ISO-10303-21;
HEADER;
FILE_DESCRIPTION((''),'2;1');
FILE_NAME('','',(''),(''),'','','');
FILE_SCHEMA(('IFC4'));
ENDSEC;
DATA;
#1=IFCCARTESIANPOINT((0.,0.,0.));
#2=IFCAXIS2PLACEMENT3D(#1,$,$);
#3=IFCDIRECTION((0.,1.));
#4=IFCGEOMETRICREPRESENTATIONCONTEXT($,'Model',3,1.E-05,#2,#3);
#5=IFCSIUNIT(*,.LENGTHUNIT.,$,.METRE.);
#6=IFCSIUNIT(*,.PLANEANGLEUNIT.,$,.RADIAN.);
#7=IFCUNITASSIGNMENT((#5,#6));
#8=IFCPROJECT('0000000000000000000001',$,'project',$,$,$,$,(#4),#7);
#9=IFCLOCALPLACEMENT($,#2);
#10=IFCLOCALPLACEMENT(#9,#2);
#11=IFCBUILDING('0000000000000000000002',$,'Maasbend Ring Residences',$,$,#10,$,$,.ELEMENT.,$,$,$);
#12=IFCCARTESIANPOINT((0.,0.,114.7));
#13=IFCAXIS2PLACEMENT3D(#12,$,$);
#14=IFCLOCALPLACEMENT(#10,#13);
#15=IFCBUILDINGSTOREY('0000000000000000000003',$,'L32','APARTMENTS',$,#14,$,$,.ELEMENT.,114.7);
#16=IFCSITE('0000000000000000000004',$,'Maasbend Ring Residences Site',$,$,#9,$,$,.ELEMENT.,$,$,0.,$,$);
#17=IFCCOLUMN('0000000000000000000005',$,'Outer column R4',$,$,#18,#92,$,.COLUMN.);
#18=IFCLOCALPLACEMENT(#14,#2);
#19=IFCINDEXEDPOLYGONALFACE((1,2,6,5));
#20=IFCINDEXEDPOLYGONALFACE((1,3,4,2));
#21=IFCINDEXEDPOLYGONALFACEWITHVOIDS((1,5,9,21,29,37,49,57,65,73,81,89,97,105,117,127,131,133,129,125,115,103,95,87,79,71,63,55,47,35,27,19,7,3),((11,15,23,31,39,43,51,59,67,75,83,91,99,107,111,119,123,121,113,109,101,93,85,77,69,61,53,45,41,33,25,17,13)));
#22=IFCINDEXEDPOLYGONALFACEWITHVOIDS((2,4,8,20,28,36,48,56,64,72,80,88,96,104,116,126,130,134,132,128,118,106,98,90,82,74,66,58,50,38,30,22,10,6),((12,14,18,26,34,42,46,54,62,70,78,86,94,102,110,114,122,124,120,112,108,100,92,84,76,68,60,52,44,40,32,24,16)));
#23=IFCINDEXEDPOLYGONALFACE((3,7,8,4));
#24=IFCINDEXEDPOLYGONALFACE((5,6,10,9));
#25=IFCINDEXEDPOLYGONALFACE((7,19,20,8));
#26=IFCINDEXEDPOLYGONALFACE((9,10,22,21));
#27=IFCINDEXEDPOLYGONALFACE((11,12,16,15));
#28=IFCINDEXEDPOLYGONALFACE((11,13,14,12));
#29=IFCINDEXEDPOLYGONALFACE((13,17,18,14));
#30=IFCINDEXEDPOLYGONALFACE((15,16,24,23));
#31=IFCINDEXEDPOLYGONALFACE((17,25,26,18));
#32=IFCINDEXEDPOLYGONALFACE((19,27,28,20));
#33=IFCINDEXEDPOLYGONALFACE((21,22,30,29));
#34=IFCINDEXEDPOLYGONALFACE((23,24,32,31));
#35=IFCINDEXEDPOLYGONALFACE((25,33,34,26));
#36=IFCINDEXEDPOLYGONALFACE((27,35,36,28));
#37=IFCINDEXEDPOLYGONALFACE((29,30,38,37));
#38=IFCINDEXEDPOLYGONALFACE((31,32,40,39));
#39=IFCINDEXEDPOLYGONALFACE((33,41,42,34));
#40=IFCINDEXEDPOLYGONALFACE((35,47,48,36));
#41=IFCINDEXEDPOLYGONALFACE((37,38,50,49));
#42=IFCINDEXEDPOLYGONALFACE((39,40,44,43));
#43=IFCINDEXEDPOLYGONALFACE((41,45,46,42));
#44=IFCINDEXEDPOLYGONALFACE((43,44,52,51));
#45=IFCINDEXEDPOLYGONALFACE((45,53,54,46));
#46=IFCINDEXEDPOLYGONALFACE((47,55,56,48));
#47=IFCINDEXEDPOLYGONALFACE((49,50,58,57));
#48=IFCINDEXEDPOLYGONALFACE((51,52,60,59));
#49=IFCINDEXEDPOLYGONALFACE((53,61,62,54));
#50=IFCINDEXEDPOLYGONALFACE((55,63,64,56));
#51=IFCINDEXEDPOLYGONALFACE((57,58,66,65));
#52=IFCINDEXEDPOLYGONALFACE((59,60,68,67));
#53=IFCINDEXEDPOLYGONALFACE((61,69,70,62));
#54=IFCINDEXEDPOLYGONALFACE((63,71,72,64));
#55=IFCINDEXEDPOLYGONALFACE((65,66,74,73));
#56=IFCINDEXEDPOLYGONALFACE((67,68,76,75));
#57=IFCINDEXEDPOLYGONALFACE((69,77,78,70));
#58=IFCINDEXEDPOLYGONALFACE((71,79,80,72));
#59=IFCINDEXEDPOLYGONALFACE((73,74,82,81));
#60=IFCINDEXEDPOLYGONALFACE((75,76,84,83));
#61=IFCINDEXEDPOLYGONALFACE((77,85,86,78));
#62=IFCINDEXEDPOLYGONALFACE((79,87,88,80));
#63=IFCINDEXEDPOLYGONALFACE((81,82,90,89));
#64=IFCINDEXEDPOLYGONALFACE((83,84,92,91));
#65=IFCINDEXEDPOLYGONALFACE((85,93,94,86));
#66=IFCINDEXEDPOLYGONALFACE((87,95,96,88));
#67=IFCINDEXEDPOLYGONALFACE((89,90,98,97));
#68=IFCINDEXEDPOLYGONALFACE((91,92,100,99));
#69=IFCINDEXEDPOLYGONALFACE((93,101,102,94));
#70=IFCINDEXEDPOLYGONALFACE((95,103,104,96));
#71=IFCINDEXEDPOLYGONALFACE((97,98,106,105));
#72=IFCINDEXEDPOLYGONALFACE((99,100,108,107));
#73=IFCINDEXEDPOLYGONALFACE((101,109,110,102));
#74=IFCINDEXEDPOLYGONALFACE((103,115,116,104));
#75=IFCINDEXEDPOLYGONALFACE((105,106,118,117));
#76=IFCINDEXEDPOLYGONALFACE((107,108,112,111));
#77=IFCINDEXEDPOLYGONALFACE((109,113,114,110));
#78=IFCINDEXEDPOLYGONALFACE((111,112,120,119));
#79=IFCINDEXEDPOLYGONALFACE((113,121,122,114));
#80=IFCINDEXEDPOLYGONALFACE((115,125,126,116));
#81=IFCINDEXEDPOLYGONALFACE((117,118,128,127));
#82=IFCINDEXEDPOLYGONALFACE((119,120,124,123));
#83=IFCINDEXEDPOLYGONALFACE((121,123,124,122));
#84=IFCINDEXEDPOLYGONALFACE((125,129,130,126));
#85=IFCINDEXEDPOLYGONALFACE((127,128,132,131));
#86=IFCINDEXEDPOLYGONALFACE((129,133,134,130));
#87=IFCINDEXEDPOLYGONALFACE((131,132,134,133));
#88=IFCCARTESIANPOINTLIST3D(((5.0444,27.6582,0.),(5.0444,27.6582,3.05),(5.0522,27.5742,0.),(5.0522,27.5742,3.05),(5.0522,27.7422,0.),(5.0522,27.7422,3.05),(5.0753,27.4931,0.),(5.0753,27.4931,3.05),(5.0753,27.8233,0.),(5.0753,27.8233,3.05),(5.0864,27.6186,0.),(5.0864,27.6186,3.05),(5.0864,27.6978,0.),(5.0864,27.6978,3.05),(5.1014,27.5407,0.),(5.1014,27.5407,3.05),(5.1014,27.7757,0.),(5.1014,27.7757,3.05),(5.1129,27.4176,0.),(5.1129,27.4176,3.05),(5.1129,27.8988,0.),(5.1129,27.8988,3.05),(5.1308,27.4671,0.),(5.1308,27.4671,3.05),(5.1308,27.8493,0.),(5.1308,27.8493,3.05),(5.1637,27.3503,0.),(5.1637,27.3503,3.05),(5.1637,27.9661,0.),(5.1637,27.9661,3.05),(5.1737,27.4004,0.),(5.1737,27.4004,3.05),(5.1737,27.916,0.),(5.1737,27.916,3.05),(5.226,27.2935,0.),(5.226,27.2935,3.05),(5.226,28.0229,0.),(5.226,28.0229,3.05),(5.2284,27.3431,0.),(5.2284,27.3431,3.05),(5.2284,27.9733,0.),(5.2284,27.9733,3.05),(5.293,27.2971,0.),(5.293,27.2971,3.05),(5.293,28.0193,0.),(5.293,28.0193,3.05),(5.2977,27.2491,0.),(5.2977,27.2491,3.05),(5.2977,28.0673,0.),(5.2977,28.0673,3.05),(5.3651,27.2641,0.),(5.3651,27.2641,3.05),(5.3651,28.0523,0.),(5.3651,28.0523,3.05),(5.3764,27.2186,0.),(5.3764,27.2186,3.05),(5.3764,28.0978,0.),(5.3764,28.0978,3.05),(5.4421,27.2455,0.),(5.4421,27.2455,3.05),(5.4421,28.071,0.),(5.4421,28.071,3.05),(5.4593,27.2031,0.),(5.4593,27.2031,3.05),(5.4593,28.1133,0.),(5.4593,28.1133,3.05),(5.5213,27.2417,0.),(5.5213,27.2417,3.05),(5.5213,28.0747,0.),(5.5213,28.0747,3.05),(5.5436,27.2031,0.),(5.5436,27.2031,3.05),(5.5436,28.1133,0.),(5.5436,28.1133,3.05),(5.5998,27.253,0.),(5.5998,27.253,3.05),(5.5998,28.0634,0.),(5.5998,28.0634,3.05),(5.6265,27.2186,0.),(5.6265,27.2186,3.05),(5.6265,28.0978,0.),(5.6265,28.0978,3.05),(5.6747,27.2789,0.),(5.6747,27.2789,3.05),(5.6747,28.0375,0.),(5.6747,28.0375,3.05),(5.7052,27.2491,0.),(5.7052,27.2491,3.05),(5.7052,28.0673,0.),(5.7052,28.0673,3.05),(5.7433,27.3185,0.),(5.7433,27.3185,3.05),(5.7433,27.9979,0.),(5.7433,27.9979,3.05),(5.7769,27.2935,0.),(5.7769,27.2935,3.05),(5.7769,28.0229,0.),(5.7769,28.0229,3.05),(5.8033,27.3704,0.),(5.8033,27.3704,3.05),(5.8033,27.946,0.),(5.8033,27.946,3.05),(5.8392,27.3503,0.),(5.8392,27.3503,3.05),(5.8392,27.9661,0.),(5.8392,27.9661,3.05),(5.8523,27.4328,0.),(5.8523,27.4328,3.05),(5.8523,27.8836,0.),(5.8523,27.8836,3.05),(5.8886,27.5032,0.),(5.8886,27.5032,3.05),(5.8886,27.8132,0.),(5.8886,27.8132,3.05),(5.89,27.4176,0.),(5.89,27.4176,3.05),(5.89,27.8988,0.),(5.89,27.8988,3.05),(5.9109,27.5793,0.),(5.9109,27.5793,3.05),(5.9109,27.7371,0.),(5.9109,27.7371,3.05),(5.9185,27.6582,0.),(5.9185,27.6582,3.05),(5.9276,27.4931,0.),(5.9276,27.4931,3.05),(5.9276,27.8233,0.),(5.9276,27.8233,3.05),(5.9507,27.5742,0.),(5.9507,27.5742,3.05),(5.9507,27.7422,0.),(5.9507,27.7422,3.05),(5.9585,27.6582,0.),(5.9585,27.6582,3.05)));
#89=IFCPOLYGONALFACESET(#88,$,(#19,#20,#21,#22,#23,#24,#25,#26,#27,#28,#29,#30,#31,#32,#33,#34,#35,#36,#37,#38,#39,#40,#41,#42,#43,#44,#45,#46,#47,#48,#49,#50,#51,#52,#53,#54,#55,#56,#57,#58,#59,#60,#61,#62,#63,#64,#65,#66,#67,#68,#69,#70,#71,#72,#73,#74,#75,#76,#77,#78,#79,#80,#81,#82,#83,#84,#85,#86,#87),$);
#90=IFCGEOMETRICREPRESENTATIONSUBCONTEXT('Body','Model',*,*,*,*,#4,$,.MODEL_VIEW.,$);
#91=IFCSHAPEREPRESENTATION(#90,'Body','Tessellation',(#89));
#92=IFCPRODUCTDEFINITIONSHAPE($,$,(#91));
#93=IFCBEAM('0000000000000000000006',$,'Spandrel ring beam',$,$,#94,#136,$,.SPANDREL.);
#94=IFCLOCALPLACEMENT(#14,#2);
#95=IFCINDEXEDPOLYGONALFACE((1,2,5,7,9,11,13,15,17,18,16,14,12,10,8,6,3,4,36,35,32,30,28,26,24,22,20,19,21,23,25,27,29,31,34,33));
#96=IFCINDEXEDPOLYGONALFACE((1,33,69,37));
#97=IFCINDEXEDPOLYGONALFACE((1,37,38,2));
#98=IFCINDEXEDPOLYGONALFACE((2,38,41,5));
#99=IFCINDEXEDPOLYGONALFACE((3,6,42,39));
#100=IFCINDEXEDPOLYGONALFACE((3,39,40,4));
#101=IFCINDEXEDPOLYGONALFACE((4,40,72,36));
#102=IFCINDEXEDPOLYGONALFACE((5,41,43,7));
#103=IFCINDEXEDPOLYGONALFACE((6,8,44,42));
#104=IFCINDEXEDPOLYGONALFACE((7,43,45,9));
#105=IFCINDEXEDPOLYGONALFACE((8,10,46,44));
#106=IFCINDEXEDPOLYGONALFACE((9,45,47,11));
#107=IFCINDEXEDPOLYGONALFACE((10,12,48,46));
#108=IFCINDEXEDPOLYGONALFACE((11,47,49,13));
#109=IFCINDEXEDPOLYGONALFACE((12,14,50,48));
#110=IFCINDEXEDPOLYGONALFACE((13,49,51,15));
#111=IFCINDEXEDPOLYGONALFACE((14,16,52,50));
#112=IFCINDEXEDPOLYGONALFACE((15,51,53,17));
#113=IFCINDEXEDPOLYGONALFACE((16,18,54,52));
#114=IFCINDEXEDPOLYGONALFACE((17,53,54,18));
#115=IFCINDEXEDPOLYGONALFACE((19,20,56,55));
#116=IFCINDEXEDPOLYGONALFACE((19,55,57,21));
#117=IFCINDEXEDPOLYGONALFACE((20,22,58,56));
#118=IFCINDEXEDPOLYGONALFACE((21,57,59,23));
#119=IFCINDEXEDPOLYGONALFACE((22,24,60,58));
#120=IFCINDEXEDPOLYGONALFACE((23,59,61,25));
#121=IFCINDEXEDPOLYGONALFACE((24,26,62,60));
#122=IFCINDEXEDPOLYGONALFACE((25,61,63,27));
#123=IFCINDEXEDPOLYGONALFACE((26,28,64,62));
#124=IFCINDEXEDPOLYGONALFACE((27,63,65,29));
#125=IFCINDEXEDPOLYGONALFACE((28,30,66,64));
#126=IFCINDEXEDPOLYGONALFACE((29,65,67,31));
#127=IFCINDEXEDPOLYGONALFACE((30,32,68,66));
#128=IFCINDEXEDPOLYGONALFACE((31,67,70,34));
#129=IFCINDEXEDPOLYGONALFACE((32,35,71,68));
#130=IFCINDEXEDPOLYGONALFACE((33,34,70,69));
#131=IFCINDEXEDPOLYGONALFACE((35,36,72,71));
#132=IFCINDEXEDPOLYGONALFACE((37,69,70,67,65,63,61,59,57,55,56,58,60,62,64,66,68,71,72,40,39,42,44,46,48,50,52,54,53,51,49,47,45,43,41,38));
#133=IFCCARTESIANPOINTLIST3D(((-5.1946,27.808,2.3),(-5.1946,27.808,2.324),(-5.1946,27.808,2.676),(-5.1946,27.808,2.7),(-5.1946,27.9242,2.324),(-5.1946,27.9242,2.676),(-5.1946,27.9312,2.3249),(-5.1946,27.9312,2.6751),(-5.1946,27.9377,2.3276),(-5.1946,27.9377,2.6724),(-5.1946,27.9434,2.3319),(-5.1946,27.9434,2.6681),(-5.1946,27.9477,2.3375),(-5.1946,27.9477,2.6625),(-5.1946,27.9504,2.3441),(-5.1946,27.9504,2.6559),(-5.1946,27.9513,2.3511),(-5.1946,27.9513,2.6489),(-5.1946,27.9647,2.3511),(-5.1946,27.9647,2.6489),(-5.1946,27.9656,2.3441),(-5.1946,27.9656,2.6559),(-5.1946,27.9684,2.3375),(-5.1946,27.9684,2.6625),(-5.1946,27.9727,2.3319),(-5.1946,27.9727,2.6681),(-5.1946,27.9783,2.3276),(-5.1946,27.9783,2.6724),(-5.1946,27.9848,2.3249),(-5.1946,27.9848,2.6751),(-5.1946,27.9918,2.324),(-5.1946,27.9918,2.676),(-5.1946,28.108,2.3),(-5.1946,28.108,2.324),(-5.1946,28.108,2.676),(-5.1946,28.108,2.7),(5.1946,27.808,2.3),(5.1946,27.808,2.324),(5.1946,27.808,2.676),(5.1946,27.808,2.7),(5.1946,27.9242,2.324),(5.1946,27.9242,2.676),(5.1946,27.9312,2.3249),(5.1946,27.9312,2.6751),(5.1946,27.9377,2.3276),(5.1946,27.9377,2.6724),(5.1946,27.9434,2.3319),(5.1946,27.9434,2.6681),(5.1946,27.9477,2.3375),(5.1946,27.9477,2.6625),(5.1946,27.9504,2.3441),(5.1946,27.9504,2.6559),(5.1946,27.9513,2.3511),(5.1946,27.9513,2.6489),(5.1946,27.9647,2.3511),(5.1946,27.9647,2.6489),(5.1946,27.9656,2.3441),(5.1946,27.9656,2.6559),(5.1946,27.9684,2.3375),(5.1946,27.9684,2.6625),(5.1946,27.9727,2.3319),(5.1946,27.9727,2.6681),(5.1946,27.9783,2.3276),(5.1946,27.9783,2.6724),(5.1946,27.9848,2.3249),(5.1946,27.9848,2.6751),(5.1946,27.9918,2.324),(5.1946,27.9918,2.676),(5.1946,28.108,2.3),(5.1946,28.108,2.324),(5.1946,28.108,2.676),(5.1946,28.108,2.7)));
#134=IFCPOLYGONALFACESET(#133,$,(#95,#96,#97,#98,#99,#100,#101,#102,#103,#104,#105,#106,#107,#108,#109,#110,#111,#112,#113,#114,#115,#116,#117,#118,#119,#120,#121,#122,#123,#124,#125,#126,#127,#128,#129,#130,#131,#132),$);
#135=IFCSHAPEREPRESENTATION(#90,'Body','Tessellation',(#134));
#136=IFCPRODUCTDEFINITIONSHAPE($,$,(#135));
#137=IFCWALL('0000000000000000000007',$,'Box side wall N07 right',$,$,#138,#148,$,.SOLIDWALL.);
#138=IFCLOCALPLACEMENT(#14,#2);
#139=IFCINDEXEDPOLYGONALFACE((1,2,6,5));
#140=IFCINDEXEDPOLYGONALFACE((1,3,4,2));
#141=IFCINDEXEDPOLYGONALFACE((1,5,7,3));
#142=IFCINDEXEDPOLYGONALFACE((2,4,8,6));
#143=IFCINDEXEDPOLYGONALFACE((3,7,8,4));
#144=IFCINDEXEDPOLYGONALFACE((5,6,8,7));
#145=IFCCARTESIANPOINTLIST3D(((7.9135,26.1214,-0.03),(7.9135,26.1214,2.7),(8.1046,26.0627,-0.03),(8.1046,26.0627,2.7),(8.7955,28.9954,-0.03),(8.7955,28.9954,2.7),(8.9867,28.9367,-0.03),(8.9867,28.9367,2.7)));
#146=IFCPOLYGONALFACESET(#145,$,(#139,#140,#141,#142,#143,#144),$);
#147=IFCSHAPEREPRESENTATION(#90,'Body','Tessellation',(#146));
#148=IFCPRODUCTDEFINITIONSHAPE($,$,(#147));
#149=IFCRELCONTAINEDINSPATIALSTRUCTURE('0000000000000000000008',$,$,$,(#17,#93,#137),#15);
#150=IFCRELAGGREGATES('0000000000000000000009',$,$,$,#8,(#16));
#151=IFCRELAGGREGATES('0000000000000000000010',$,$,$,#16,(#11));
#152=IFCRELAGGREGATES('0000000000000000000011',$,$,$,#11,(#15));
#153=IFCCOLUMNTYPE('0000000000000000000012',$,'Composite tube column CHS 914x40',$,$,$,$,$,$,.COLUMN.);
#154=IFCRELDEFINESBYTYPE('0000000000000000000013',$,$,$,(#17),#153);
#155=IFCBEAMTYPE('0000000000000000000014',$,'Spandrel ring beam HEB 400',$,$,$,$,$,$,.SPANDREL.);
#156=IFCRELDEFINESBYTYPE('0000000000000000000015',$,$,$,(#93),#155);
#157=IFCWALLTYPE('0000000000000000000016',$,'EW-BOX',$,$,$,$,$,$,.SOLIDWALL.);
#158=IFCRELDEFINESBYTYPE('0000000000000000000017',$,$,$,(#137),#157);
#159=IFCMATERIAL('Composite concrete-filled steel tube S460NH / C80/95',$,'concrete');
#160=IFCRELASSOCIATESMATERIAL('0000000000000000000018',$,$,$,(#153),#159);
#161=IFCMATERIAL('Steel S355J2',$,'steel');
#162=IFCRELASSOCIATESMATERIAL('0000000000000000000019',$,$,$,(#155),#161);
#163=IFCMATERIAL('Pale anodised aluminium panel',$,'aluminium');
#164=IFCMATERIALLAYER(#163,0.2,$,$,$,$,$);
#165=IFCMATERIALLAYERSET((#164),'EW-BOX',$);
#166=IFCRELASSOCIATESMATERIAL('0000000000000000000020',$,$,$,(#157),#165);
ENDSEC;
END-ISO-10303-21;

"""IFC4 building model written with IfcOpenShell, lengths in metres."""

from ifc_helpers import new_model, si_unit, direction, frame, frame_2d, origin, origin_2d, place, context, subcontext, project, spatial, rectangle, hollow_circle, i_section, extrude, material, layer, layer_set, material_profile, profile_set, type_object, element, save


model = new_model("IFC4")

# Units and contexts
model_context = context("Model", 3, precision=1e-05, world=origin(), true_north=direction((0.0, 1.0)))
body_context = subcontext(model_context, "Body", "Model", "MODEL_VIEW")
ifc_project = project(units=[si_unit("LENGTHUNIT", "METRE"), si_unit("PLANEANGLEUNIT", "RADIAN")], contexts=[model_context])

# Site, building, storey
site_placement = place(None, origin())
site = spatial("IfcSite", under=ifc_project, at=site_placement, Name="Maasbend Ring Residences Site", CompositionType="ELEMENT", RefElevation=0.0)
building_placement = place(site_placement, origin())
building = spatial("IfcBuilding", under=site, at=building_placement, Name="Maasbend Ring Residences", CompositionType="ELEMENT")
storey_placement = place(building_placement, frame((0.0, 0.0, 114.7)))
storey = spatial("IfcBuildingStorey", under=building, at=storey_placement, Name="L32", Description="APARTMENTS", CompositionType="ELEMENT", Elevation=114.7)

# Column
ifc_material_1 = material(Name="Composite concrete-filled steel tube S460NH / C80/95", Category="concrete")
ifc_material_profile_1 = material_profile(ifc_material_1, hollow_circle(Radius=0.457, WallThickness=0.04, at=origin_2d()), Name="Composite tube column CHS 914x40")
ifc_profile_set_1 = profile_set([ifc_material_profile_1], Name="Composite concrete-filled steel tube S460NH / C80/95")
column_type = type_object("IfcColumnType", Name="Composite tube column CHS 914x40", PredefinedType="COLUMN", material=ifc_profile_set_1)
column_placement = place(storey_placement, frame((5.5015, 27.6582, 0.0), z_axis=(0.0, 0.0, 1.0), x_axis=(1.0, 0.0, 0.0)))
element("IfcColumn", 1, at=column_placement, inside=storey, type_object=column_type, Name="Outer column R4", PredefinedType="COLUMN", context=body_context, shape_type="SweptSolid", body=[
    extrude(hollow_circle(Radius=0.457, WallThickness=0.04, at=origin_2d()), origin(), (0.0, 0.0, 1.0), 3.05),
])

# Beam
ifc_material_2 = material(Name="Steel S355J2", Category="steel")
ifc_material_profile_2 = material_profile(ifc_material_2, i_section(OverallWidth=0.3, OverallDepth=0.3999, WebThickness=0.0134, FlangeThickness=0.0239, FilletRadius=0.0271, at=origin_2d()), Name="HEB 400")
ifc_profile_set_2 = profile_set([ifc_material_profile_2], Name="Steel S355J2")
beam_type = type_object("IfcBeamType", Name="Spandrel ring beam HEB 400", PredefinedType="SPANDREL", material=ifc_profile_set_2)
beam_placement = place(storey_placement, frame((5.1946, 27.958, 2.5), z_axis=(-1.0, 0.0, 0.0), x_axis=(0.0, -1.0, 0.0)))
element("IfcBeam", 2, at=beam_placement, inside=storey, type_object=beam_type, Name="Spandrel ring beam", PredefinedType="SPANDREL", context=body_context, shape_type="SweptSolid", body=[
    extrude(i_section(OverallWidth=0.3, OverallDepth=0.3999, WebThickness=0.0134, FlangeThickness=0.0239, FilletRadius=0.0271, at=origin_2d()), origin(), (0.0, 0.0, 1.0), 10.3892),
])

# Wall
ifc_material_3 = material(Name="Pale anodised aluminium panel", Category="aluminium")
ifc_layer_1 = layer(ifc_material_3, 0.2)
ifc_layer_set_1 = layer_set([ifc_layer_1], Name="EW-BOX")
wall_type_1 = type_object("IfcWallType", Name="EW-BOX", PredefinedType="SOLIDWALL", material=ifc_layer_set_1)
wall_1_placement = place(storey_placement, frame((8.009, 26.092, -0.03), z_axis=(0.0, 0.0, 1.0), x_axis=(0.293407, 0.955988, 0.0)))
element("IfcWall", 3, at=wall_1_placement, inside=storey, type_object=wall_type_1, Name="Box side wall N07 right", PredefinedType="SOLIDWALL", context=body_context, shape_type="SweptSolid", body=[
    extrude(rectangle(XDim=3.0063, YDim=0.2, at=frame_2d((1.5032, 0.0))), origin(), (0.0, 0.0, 1.0), 2.73),
])

save(model, "model.ifc")
